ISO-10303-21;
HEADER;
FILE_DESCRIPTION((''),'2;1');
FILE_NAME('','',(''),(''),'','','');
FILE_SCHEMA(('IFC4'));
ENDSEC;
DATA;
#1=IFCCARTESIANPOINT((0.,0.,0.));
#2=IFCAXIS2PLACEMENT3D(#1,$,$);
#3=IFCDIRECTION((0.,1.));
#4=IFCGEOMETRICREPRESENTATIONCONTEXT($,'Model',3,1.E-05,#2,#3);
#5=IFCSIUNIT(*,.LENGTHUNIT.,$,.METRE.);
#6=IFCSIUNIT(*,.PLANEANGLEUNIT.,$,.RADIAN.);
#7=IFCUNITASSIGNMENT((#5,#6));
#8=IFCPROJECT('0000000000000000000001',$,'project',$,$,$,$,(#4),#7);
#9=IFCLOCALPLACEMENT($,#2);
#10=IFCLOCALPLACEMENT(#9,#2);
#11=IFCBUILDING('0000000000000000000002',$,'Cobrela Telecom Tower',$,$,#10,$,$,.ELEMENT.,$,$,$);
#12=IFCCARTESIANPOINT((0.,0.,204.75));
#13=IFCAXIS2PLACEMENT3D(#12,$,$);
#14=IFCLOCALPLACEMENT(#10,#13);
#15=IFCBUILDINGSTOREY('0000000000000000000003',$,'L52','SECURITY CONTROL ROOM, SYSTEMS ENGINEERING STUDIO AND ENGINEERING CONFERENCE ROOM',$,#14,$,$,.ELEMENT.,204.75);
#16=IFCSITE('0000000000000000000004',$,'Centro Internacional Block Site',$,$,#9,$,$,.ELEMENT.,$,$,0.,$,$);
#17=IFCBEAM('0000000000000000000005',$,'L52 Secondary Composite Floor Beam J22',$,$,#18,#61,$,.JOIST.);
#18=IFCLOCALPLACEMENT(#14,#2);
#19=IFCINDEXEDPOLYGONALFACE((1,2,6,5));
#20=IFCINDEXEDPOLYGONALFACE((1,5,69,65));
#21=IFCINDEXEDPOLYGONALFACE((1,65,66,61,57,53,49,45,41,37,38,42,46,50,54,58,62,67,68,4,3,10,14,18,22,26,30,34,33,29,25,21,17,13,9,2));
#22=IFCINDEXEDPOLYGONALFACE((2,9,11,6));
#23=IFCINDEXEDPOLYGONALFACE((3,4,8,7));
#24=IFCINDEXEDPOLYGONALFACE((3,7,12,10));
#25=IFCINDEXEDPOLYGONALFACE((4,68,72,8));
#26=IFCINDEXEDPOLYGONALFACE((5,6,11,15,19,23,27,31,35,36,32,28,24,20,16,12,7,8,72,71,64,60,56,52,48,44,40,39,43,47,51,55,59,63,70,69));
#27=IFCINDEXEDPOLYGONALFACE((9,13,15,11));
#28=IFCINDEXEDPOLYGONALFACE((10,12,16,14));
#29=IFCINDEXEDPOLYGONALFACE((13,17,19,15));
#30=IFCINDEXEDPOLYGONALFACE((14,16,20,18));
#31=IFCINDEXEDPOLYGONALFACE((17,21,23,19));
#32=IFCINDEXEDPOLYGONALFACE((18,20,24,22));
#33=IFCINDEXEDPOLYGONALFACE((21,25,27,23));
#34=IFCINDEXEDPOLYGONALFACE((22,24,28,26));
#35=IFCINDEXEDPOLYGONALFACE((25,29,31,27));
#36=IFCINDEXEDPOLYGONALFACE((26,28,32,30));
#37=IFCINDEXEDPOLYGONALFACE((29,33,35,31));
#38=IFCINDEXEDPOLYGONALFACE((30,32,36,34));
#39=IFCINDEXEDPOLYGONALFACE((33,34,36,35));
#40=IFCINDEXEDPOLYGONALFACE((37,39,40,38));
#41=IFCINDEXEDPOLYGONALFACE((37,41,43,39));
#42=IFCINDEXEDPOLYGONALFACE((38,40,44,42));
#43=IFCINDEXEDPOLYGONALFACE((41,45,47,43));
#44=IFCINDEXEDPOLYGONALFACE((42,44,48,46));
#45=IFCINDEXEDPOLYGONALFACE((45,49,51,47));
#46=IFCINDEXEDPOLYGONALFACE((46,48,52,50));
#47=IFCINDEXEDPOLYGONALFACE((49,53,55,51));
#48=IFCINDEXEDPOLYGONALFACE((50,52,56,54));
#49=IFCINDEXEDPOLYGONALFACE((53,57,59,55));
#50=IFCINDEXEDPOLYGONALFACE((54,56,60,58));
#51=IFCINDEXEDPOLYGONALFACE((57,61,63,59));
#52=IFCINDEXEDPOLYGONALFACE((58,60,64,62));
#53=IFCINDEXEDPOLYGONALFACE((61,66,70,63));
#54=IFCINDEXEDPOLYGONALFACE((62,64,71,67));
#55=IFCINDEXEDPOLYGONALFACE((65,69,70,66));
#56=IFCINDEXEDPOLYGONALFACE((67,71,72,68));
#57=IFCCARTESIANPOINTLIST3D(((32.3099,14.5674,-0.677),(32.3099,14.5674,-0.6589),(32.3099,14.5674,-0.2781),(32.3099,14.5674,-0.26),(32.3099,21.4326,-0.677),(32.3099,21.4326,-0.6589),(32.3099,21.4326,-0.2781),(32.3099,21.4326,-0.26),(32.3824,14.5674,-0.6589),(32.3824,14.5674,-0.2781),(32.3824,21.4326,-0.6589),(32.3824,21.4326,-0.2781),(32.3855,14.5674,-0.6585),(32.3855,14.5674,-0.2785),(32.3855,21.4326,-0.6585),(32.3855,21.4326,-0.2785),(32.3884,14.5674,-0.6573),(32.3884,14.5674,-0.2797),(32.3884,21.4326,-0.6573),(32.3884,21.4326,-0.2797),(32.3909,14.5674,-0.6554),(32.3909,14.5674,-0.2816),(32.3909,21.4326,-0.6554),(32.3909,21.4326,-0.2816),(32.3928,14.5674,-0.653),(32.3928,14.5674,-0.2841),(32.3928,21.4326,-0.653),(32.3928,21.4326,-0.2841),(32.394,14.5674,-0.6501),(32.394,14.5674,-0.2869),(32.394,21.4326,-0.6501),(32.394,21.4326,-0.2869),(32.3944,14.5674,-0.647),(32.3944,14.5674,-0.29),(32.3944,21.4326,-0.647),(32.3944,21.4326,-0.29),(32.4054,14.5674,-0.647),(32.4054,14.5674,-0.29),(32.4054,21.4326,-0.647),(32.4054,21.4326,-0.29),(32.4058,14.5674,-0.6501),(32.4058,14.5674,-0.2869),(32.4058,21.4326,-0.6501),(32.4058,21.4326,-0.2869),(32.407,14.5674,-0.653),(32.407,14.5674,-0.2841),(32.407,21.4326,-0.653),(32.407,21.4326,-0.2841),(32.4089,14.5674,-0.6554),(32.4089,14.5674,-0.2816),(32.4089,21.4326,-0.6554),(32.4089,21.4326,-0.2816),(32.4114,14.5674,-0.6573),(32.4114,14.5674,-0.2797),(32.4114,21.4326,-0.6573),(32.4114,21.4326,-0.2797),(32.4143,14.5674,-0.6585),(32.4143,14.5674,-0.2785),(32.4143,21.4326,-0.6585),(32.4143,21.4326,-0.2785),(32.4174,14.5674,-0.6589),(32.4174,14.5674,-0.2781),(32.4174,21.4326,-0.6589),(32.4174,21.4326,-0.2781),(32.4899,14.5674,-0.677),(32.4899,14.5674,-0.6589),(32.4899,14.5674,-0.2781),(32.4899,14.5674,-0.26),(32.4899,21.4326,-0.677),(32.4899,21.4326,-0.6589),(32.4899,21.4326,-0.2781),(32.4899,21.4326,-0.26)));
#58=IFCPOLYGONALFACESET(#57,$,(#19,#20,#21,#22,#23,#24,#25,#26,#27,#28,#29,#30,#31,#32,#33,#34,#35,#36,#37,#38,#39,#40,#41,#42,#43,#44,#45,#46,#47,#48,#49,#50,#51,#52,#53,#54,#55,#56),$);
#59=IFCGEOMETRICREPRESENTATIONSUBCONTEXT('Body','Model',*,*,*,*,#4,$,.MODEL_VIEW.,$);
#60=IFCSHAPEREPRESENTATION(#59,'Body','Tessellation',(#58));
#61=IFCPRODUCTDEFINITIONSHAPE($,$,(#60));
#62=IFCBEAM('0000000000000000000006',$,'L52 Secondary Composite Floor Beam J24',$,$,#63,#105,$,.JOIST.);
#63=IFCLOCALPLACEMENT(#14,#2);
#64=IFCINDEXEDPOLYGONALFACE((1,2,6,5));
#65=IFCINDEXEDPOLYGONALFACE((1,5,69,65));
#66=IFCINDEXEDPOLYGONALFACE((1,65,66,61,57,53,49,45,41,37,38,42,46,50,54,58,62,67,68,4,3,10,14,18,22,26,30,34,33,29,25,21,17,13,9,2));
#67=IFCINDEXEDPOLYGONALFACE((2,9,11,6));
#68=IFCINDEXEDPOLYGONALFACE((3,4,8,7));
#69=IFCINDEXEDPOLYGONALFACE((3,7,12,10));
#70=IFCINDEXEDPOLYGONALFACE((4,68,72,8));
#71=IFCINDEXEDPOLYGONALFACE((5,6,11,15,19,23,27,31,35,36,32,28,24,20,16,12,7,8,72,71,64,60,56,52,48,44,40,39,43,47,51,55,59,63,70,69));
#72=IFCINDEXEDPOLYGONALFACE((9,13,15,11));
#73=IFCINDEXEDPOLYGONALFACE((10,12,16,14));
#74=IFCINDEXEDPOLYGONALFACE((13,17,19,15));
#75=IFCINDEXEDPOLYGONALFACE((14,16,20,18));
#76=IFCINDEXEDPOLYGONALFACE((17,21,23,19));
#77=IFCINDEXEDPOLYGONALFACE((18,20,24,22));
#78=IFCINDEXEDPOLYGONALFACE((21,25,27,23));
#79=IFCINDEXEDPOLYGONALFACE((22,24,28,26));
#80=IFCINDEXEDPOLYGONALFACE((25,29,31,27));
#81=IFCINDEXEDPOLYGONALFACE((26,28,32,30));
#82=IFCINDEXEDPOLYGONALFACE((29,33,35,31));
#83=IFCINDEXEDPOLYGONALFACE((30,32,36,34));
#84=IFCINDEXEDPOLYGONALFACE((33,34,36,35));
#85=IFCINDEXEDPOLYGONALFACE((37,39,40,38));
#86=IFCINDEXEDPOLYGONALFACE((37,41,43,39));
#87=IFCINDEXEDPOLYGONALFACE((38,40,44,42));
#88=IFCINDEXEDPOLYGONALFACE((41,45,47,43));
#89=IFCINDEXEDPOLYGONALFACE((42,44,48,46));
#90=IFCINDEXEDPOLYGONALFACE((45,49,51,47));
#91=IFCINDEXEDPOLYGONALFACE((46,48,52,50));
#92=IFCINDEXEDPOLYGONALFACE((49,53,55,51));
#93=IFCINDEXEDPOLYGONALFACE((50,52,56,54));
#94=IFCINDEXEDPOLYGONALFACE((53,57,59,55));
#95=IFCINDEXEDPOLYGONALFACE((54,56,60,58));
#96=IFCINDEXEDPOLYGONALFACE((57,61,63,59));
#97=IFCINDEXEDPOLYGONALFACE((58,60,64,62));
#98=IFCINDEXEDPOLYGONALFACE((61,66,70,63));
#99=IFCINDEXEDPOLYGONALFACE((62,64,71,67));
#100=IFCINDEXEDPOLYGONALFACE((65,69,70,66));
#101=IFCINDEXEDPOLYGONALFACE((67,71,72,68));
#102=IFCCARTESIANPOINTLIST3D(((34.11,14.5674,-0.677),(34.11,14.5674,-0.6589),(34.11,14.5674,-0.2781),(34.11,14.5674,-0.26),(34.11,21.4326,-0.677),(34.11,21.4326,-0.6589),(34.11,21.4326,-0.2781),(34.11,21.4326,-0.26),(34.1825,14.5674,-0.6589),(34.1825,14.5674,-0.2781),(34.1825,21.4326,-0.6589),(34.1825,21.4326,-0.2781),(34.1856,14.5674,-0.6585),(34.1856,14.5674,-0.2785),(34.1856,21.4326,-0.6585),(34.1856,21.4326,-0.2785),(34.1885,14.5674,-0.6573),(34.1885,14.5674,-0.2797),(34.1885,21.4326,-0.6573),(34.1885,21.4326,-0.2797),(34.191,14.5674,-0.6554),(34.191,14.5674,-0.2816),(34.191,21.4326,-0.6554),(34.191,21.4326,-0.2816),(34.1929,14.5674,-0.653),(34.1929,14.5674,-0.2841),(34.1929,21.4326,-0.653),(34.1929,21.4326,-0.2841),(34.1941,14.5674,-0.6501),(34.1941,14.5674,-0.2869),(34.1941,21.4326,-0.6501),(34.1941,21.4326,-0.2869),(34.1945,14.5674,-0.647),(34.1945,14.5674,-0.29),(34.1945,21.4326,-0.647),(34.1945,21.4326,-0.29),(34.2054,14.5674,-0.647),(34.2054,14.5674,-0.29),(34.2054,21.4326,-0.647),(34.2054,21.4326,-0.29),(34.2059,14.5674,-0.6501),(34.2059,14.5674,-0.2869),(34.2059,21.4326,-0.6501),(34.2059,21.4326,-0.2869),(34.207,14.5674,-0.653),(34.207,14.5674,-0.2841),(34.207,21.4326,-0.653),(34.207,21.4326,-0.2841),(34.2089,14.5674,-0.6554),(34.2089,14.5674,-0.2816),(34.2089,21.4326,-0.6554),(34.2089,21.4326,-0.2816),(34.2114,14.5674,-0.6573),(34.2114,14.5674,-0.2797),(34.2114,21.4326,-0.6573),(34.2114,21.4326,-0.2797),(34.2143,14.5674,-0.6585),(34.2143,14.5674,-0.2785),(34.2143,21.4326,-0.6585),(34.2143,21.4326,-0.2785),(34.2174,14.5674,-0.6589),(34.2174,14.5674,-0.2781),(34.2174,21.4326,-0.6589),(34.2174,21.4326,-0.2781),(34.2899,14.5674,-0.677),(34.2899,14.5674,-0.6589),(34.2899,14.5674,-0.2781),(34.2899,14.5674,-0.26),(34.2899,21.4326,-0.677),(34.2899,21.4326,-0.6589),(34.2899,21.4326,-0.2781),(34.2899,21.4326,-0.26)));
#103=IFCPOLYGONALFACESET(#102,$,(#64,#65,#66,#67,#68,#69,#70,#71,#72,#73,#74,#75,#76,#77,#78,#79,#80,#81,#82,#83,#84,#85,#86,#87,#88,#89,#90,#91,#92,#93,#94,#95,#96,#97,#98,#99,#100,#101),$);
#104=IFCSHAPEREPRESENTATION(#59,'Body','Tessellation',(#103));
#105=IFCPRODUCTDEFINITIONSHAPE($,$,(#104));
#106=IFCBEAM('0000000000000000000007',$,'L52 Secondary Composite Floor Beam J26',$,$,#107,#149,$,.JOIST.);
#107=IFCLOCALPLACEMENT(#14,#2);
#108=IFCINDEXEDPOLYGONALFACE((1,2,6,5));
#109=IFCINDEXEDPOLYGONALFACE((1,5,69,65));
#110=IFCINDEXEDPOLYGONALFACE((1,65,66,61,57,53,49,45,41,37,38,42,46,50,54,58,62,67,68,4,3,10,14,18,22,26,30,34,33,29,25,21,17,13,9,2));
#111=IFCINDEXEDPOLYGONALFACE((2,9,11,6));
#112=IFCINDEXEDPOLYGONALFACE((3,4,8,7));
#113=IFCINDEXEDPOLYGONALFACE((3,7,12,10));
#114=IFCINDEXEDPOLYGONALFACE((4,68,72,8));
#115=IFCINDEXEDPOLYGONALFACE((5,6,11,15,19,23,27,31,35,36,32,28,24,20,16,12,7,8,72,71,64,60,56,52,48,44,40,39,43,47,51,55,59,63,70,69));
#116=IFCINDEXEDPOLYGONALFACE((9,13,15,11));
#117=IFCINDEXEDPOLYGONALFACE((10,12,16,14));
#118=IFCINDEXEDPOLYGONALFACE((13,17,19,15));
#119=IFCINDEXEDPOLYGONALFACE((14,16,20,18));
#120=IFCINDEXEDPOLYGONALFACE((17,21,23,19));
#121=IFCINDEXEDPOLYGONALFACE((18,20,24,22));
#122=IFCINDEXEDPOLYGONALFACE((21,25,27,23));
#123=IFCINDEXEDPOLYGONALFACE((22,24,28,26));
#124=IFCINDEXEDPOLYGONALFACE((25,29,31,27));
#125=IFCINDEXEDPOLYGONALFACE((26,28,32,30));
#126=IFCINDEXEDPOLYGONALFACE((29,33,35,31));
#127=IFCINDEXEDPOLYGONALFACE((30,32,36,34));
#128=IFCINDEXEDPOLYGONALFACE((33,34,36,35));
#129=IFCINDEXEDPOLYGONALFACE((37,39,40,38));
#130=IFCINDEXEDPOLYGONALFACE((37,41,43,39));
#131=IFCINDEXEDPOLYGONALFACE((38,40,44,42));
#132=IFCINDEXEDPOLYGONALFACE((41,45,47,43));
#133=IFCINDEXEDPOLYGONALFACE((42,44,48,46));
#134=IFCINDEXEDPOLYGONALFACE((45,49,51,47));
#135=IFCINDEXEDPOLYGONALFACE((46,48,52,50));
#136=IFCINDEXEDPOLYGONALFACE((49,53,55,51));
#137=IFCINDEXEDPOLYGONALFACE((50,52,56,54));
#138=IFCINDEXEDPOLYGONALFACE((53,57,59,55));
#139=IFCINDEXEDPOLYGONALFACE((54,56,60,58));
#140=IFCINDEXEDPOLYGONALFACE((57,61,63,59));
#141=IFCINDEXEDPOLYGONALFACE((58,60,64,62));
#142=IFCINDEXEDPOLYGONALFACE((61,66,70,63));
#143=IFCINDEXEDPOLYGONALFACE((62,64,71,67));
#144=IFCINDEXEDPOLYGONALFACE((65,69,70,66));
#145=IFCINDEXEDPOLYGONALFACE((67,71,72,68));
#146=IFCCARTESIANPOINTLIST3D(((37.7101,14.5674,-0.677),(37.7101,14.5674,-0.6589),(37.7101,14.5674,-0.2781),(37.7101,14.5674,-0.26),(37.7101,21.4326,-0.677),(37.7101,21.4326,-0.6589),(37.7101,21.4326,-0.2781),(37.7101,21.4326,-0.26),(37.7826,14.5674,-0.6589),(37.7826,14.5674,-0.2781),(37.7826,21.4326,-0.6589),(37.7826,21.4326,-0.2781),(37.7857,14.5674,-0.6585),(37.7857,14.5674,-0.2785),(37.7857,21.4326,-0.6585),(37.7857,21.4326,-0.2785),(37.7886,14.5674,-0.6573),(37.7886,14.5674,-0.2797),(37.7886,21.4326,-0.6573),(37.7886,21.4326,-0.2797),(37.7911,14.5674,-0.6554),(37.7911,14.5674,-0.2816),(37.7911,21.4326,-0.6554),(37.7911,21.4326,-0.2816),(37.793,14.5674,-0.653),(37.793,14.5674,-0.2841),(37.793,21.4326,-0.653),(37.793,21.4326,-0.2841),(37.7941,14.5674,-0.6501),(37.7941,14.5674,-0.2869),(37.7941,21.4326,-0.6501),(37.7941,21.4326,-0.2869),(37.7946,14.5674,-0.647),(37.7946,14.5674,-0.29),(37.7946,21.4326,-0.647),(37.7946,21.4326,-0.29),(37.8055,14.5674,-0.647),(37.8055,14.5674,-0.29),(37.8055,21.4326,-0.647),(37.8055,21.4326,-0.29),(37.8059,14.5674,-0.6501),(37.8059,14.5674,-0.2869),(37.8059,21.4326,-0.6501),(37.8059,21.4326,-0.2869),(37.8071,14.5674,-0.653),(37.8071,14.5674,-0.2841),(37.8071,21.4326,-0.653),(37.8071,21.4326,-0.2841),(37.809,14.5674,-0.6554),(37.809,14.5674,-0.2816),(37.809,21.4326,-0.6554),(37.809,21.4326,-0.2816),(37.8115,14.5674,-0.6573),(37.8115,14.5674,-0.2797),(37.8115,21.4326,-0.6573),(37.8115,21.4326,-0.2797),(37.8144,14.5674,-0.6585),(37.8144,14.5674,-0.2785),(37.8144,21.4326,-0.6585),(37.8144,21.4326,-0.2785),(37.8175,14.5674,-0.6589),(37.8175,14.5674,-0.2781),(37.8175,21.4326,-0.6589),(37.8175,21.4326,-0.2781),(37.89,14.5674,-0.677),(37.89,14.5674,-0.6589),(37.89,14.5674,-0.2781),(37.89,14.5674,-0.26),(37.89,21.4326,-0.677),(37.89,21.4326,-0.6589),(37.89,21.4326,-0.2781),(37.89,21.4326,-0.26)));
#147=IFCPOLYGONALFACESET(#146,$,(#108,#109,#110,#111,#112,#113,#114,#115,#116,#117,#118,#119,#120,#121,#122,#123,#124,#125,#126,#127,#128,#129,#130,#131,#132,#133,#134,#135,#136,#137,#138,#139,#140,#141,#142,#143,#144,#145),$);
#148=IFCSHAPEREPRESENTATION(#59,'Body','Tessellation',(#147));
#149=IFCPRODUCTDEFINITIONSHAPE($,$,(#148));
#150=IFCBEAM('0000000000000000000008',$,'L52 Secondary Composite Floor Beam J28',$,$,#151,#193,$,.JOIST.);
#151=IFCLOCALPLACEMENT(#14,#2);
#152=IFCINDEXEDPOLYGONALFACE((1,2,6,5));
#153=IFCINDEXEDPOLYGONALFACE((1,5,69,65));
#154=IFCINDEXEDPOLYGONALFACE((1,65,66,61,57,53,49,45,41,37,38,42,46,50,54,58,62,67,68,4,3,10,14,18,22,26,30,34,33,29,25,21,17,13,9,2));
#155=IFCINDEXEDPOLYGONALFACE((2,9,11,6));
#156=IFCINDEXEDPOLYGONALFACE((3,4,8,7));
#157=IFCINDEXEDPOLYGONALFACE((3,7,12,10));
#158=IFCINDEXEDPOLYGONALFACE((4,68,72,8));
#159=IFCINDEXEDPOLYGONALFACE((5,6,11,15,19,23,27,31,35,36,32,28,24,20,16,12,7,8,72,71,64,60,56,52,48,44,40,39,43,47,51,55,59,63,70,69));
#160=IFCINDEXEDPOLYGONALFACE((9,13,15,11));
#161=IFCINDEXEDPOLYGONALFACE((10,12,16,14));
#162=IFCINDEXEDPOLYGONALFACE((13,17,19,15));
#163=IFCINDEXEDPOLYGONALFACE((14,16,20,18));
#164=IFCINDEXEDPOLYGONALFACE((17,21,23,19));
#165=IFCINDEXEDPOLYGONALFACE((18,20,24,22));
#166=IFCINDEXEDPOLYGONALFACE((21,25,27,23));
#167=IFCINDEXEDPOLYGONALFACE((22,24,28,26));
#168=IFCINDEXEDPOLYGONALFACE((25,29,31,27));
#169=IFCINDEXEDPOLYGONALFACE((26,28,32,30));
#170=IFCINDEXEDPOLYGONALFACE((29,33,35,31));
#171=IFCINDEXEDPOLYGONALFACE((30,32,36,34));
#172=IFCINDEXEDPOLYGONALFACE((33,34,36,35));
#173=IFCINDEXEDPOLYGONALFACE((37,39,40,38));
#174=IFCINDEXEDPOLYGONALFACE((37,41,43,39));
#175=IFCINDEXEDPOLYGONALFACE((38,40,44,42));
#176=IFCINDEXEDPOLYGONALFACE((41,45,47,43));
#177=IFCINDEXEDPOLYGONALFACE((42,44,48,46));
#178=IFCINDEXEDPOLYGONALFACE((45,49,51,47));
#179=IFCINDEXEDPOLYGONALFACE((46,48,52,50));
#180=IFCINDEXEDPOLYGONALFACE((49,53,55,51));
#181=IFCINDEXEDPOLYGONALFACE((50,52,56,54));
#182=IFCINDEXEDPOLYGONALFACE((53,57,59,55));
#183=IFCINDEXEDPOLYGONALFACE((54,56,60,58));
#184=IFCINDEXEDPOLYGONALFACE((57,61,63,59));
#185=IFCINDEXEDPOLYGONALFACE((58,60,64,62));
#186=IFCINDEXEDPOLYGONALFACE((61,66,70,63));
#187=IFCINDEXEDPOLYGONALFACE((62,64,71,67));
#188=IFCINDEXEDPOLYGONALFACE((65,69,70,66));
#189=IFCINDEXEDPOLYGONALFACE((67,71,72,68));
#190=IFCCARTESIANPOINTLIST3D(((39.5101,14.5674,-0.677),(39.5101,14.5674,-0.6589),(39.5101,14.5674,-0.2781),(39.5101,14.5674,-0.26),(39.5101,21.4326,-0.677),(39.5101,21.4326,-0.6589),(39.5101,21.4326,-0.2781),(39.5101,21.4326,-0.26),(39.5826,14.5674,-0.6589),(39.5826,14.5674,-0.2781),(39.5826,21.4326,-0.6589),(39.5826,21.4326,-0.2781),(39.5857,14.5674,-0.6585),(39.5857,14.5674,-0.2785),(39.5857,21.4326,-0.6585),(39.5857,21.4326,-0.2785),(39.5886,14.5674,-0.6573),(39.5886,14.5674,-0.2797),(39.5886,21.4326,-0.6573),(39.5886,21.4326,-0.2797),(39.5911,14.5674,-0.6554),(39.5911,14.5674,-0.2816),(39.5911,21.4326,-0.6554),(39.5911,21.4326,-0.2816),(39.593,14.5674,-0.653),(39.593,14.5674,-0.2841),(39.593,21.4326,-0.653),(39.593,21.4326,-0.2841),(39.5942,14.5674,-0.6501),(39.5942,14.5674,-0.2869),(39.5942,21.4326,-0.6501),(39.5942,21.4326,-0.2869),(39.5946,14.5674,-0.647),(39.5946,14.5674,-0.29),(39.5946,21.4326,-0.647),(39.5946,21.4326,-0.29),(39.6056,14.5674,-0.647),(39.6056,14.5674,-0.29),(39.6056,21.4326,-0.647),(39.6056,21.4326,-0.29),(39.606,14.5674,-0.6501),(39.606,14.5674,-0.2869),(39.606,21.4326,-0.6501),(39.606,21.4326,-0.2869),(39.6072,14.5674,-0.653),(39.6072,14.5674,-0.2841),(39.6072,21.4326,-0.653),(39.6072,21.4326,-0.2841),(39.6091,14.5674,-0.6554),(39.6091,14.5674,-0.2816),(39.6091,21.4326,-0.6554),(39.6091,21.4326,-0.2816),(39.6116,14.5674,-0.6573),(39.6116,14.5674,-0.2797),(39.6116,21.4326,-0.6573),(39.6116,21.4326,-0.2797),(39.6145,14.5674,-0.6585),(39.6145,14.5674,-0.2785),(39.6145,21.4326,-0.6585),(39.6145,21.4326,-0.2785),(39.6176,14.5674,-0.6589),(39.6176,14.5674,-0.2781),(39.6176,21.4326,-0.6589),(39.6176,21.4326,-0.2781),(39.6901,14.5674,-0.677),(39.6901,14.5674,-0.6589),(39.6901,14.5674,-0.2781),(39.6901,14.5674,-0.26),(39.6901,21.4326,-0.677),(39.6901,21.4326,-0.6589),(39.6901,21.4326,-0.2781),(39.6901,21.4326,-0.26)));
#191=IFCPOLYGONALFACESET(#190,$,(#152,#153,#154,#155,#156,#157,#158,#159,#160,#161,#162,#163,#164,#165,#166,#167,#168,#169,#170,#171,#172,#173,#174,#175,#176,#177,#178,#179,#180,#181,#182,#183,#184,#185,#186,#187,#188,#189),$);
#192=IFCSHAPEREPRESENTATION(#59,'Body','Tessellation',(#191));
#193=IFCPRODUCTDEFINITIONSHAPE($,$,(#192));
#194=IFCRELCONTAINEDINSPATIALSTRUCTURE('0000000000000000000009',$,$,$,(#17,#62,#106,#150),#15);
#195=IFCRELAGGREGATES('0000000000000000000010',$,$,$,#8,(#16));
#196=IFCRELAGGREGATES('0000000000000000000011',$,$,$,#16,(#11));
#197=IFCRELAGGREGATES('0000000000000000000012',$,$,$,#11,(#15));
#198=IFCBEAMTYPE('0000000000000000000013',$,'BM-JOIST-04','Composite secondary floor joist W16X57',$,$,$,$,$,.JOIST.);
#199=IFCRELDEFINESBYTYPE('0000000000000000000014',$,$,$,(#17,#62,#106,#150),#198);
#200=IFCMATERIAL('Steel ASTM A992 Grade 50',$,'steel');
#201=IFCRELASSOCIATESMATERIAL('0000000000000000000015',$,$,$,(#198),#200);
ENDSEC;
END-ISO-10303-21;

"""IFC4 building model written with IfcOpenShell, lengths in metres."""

from ifc_helpers import new_model, si_unit, direction, frame, origin, origin_2d, place, context, subcontext, project, spatial, i_section, extrude, material, material_profile, profile_set, type_object, element, save


model = new_model("IFC4")

# Units and contexts
model_context = context("Model", 3, precision=1e-05, world=origin(), true_north=direction((0.0, 1.0)))
body_context = subcontext(model_context, "Body", "Model", "MODEL_VIEW")
ifc_project = project(units=[si_unit("LENGTHUNIT", "METRE"), si_unit("PLANEANGLEUNIT", "RADIAN")], contexts=[model_context])

# Site, building, storey
site_placement = place(None, origin())
site = spatial("IfcSite", under=ifc_project, at=site_placement, Name="Centro Internacional Block Site", CompositionType="ELEMENT", RefElevation=0.0)
building_placement = place(site_placement, origin())
building = spatial("IfcBuilding", under=site, at=building_placement, Name="Cobrela Telecom Tower", CompositionType="ELEMENT")
storey_placement = place(building_placement, frame((0.0, 0.0, 204.75)))
storey = spatial("IfcBuildingStorey", under=building, at=storey_placement, Name="L52", Description="SECURITY CONTROL ROOM, SYSTEMS ENGINEERING STUDIO AND ENGINEERING CONFERENCE ROOM", CompositionType="ELEMENT", Elevation=204.75)

# Shared definitions
ifc_material_1 = material(Name="Steel ASTM A992 Grade 50", Category="steel")

# Beams
ifc_material_profile_1 = material_profile(ifc_material_1, i_section(OverallWidth=0.1799, OverallDepth=0.417, WebThickness=0.011, FlangeThickness=0.0181, FilletRadius=0.012, at=origin_2d()), Name="W16X57")
ifc_profile_set_1 = profile_set([ifc_material_profile_1], Name="Steel ASTM A992 Grade 50")
beam_type_1 = type_object("IfcBeamType", Name="BM-JOIST-04", Description="Composite secondary floor joist W16X57", PredefinedType="JOIST", material=ifc_profile_set_1)
for number, where, z_axis, x_axis, name in (
    (1, (32.3999, 14.5674, -0.4685), (0.0, 1.0, 0.0), (-1.0, 0.0, 0.0), "L52 Secondary Composite Floor Beam J22"),
    (2, (34.2, 14.5674, -0.4685), (0.0, 1.0, 0.0), (-1.0, 0.0, 0.0), "L52 Secondary Composite Floor Beam J24"),
    (3, (37.8, 14.5674, -0.4685), (0.0, 1.0, 0.0), (-1.0, 0.0, 0.0), "L52 Secondary Composite Floor Beam J26"),
    (4, (39.6001, 14.5674, -0.4685), (0.0, 1.0, 0.0), (-1.0, 0.0, 0.0), "L52 Secondary Composite Floor Beam J28"),
):
    element("IfcBeam", number, at=place(storey_placement, frame(where, z_axis=z_axis, x_axis=x_axis)), inside=storey, type_object=beam_type_1, Name=name, PredefinedType="JOIST", context=body_context, shape_type="SweptSolid", body=[
        extrude(i_section(OverallWidth=0.1799, OverallDepth=0.417, WebThickness=0.011, FlangeThickness=0.0181, FilletRadius=0.012, at=origin_2d()), origin(), (0.0, 0.0, 1.0), 6.8652),
    ])

save(model, "model.ifc")
